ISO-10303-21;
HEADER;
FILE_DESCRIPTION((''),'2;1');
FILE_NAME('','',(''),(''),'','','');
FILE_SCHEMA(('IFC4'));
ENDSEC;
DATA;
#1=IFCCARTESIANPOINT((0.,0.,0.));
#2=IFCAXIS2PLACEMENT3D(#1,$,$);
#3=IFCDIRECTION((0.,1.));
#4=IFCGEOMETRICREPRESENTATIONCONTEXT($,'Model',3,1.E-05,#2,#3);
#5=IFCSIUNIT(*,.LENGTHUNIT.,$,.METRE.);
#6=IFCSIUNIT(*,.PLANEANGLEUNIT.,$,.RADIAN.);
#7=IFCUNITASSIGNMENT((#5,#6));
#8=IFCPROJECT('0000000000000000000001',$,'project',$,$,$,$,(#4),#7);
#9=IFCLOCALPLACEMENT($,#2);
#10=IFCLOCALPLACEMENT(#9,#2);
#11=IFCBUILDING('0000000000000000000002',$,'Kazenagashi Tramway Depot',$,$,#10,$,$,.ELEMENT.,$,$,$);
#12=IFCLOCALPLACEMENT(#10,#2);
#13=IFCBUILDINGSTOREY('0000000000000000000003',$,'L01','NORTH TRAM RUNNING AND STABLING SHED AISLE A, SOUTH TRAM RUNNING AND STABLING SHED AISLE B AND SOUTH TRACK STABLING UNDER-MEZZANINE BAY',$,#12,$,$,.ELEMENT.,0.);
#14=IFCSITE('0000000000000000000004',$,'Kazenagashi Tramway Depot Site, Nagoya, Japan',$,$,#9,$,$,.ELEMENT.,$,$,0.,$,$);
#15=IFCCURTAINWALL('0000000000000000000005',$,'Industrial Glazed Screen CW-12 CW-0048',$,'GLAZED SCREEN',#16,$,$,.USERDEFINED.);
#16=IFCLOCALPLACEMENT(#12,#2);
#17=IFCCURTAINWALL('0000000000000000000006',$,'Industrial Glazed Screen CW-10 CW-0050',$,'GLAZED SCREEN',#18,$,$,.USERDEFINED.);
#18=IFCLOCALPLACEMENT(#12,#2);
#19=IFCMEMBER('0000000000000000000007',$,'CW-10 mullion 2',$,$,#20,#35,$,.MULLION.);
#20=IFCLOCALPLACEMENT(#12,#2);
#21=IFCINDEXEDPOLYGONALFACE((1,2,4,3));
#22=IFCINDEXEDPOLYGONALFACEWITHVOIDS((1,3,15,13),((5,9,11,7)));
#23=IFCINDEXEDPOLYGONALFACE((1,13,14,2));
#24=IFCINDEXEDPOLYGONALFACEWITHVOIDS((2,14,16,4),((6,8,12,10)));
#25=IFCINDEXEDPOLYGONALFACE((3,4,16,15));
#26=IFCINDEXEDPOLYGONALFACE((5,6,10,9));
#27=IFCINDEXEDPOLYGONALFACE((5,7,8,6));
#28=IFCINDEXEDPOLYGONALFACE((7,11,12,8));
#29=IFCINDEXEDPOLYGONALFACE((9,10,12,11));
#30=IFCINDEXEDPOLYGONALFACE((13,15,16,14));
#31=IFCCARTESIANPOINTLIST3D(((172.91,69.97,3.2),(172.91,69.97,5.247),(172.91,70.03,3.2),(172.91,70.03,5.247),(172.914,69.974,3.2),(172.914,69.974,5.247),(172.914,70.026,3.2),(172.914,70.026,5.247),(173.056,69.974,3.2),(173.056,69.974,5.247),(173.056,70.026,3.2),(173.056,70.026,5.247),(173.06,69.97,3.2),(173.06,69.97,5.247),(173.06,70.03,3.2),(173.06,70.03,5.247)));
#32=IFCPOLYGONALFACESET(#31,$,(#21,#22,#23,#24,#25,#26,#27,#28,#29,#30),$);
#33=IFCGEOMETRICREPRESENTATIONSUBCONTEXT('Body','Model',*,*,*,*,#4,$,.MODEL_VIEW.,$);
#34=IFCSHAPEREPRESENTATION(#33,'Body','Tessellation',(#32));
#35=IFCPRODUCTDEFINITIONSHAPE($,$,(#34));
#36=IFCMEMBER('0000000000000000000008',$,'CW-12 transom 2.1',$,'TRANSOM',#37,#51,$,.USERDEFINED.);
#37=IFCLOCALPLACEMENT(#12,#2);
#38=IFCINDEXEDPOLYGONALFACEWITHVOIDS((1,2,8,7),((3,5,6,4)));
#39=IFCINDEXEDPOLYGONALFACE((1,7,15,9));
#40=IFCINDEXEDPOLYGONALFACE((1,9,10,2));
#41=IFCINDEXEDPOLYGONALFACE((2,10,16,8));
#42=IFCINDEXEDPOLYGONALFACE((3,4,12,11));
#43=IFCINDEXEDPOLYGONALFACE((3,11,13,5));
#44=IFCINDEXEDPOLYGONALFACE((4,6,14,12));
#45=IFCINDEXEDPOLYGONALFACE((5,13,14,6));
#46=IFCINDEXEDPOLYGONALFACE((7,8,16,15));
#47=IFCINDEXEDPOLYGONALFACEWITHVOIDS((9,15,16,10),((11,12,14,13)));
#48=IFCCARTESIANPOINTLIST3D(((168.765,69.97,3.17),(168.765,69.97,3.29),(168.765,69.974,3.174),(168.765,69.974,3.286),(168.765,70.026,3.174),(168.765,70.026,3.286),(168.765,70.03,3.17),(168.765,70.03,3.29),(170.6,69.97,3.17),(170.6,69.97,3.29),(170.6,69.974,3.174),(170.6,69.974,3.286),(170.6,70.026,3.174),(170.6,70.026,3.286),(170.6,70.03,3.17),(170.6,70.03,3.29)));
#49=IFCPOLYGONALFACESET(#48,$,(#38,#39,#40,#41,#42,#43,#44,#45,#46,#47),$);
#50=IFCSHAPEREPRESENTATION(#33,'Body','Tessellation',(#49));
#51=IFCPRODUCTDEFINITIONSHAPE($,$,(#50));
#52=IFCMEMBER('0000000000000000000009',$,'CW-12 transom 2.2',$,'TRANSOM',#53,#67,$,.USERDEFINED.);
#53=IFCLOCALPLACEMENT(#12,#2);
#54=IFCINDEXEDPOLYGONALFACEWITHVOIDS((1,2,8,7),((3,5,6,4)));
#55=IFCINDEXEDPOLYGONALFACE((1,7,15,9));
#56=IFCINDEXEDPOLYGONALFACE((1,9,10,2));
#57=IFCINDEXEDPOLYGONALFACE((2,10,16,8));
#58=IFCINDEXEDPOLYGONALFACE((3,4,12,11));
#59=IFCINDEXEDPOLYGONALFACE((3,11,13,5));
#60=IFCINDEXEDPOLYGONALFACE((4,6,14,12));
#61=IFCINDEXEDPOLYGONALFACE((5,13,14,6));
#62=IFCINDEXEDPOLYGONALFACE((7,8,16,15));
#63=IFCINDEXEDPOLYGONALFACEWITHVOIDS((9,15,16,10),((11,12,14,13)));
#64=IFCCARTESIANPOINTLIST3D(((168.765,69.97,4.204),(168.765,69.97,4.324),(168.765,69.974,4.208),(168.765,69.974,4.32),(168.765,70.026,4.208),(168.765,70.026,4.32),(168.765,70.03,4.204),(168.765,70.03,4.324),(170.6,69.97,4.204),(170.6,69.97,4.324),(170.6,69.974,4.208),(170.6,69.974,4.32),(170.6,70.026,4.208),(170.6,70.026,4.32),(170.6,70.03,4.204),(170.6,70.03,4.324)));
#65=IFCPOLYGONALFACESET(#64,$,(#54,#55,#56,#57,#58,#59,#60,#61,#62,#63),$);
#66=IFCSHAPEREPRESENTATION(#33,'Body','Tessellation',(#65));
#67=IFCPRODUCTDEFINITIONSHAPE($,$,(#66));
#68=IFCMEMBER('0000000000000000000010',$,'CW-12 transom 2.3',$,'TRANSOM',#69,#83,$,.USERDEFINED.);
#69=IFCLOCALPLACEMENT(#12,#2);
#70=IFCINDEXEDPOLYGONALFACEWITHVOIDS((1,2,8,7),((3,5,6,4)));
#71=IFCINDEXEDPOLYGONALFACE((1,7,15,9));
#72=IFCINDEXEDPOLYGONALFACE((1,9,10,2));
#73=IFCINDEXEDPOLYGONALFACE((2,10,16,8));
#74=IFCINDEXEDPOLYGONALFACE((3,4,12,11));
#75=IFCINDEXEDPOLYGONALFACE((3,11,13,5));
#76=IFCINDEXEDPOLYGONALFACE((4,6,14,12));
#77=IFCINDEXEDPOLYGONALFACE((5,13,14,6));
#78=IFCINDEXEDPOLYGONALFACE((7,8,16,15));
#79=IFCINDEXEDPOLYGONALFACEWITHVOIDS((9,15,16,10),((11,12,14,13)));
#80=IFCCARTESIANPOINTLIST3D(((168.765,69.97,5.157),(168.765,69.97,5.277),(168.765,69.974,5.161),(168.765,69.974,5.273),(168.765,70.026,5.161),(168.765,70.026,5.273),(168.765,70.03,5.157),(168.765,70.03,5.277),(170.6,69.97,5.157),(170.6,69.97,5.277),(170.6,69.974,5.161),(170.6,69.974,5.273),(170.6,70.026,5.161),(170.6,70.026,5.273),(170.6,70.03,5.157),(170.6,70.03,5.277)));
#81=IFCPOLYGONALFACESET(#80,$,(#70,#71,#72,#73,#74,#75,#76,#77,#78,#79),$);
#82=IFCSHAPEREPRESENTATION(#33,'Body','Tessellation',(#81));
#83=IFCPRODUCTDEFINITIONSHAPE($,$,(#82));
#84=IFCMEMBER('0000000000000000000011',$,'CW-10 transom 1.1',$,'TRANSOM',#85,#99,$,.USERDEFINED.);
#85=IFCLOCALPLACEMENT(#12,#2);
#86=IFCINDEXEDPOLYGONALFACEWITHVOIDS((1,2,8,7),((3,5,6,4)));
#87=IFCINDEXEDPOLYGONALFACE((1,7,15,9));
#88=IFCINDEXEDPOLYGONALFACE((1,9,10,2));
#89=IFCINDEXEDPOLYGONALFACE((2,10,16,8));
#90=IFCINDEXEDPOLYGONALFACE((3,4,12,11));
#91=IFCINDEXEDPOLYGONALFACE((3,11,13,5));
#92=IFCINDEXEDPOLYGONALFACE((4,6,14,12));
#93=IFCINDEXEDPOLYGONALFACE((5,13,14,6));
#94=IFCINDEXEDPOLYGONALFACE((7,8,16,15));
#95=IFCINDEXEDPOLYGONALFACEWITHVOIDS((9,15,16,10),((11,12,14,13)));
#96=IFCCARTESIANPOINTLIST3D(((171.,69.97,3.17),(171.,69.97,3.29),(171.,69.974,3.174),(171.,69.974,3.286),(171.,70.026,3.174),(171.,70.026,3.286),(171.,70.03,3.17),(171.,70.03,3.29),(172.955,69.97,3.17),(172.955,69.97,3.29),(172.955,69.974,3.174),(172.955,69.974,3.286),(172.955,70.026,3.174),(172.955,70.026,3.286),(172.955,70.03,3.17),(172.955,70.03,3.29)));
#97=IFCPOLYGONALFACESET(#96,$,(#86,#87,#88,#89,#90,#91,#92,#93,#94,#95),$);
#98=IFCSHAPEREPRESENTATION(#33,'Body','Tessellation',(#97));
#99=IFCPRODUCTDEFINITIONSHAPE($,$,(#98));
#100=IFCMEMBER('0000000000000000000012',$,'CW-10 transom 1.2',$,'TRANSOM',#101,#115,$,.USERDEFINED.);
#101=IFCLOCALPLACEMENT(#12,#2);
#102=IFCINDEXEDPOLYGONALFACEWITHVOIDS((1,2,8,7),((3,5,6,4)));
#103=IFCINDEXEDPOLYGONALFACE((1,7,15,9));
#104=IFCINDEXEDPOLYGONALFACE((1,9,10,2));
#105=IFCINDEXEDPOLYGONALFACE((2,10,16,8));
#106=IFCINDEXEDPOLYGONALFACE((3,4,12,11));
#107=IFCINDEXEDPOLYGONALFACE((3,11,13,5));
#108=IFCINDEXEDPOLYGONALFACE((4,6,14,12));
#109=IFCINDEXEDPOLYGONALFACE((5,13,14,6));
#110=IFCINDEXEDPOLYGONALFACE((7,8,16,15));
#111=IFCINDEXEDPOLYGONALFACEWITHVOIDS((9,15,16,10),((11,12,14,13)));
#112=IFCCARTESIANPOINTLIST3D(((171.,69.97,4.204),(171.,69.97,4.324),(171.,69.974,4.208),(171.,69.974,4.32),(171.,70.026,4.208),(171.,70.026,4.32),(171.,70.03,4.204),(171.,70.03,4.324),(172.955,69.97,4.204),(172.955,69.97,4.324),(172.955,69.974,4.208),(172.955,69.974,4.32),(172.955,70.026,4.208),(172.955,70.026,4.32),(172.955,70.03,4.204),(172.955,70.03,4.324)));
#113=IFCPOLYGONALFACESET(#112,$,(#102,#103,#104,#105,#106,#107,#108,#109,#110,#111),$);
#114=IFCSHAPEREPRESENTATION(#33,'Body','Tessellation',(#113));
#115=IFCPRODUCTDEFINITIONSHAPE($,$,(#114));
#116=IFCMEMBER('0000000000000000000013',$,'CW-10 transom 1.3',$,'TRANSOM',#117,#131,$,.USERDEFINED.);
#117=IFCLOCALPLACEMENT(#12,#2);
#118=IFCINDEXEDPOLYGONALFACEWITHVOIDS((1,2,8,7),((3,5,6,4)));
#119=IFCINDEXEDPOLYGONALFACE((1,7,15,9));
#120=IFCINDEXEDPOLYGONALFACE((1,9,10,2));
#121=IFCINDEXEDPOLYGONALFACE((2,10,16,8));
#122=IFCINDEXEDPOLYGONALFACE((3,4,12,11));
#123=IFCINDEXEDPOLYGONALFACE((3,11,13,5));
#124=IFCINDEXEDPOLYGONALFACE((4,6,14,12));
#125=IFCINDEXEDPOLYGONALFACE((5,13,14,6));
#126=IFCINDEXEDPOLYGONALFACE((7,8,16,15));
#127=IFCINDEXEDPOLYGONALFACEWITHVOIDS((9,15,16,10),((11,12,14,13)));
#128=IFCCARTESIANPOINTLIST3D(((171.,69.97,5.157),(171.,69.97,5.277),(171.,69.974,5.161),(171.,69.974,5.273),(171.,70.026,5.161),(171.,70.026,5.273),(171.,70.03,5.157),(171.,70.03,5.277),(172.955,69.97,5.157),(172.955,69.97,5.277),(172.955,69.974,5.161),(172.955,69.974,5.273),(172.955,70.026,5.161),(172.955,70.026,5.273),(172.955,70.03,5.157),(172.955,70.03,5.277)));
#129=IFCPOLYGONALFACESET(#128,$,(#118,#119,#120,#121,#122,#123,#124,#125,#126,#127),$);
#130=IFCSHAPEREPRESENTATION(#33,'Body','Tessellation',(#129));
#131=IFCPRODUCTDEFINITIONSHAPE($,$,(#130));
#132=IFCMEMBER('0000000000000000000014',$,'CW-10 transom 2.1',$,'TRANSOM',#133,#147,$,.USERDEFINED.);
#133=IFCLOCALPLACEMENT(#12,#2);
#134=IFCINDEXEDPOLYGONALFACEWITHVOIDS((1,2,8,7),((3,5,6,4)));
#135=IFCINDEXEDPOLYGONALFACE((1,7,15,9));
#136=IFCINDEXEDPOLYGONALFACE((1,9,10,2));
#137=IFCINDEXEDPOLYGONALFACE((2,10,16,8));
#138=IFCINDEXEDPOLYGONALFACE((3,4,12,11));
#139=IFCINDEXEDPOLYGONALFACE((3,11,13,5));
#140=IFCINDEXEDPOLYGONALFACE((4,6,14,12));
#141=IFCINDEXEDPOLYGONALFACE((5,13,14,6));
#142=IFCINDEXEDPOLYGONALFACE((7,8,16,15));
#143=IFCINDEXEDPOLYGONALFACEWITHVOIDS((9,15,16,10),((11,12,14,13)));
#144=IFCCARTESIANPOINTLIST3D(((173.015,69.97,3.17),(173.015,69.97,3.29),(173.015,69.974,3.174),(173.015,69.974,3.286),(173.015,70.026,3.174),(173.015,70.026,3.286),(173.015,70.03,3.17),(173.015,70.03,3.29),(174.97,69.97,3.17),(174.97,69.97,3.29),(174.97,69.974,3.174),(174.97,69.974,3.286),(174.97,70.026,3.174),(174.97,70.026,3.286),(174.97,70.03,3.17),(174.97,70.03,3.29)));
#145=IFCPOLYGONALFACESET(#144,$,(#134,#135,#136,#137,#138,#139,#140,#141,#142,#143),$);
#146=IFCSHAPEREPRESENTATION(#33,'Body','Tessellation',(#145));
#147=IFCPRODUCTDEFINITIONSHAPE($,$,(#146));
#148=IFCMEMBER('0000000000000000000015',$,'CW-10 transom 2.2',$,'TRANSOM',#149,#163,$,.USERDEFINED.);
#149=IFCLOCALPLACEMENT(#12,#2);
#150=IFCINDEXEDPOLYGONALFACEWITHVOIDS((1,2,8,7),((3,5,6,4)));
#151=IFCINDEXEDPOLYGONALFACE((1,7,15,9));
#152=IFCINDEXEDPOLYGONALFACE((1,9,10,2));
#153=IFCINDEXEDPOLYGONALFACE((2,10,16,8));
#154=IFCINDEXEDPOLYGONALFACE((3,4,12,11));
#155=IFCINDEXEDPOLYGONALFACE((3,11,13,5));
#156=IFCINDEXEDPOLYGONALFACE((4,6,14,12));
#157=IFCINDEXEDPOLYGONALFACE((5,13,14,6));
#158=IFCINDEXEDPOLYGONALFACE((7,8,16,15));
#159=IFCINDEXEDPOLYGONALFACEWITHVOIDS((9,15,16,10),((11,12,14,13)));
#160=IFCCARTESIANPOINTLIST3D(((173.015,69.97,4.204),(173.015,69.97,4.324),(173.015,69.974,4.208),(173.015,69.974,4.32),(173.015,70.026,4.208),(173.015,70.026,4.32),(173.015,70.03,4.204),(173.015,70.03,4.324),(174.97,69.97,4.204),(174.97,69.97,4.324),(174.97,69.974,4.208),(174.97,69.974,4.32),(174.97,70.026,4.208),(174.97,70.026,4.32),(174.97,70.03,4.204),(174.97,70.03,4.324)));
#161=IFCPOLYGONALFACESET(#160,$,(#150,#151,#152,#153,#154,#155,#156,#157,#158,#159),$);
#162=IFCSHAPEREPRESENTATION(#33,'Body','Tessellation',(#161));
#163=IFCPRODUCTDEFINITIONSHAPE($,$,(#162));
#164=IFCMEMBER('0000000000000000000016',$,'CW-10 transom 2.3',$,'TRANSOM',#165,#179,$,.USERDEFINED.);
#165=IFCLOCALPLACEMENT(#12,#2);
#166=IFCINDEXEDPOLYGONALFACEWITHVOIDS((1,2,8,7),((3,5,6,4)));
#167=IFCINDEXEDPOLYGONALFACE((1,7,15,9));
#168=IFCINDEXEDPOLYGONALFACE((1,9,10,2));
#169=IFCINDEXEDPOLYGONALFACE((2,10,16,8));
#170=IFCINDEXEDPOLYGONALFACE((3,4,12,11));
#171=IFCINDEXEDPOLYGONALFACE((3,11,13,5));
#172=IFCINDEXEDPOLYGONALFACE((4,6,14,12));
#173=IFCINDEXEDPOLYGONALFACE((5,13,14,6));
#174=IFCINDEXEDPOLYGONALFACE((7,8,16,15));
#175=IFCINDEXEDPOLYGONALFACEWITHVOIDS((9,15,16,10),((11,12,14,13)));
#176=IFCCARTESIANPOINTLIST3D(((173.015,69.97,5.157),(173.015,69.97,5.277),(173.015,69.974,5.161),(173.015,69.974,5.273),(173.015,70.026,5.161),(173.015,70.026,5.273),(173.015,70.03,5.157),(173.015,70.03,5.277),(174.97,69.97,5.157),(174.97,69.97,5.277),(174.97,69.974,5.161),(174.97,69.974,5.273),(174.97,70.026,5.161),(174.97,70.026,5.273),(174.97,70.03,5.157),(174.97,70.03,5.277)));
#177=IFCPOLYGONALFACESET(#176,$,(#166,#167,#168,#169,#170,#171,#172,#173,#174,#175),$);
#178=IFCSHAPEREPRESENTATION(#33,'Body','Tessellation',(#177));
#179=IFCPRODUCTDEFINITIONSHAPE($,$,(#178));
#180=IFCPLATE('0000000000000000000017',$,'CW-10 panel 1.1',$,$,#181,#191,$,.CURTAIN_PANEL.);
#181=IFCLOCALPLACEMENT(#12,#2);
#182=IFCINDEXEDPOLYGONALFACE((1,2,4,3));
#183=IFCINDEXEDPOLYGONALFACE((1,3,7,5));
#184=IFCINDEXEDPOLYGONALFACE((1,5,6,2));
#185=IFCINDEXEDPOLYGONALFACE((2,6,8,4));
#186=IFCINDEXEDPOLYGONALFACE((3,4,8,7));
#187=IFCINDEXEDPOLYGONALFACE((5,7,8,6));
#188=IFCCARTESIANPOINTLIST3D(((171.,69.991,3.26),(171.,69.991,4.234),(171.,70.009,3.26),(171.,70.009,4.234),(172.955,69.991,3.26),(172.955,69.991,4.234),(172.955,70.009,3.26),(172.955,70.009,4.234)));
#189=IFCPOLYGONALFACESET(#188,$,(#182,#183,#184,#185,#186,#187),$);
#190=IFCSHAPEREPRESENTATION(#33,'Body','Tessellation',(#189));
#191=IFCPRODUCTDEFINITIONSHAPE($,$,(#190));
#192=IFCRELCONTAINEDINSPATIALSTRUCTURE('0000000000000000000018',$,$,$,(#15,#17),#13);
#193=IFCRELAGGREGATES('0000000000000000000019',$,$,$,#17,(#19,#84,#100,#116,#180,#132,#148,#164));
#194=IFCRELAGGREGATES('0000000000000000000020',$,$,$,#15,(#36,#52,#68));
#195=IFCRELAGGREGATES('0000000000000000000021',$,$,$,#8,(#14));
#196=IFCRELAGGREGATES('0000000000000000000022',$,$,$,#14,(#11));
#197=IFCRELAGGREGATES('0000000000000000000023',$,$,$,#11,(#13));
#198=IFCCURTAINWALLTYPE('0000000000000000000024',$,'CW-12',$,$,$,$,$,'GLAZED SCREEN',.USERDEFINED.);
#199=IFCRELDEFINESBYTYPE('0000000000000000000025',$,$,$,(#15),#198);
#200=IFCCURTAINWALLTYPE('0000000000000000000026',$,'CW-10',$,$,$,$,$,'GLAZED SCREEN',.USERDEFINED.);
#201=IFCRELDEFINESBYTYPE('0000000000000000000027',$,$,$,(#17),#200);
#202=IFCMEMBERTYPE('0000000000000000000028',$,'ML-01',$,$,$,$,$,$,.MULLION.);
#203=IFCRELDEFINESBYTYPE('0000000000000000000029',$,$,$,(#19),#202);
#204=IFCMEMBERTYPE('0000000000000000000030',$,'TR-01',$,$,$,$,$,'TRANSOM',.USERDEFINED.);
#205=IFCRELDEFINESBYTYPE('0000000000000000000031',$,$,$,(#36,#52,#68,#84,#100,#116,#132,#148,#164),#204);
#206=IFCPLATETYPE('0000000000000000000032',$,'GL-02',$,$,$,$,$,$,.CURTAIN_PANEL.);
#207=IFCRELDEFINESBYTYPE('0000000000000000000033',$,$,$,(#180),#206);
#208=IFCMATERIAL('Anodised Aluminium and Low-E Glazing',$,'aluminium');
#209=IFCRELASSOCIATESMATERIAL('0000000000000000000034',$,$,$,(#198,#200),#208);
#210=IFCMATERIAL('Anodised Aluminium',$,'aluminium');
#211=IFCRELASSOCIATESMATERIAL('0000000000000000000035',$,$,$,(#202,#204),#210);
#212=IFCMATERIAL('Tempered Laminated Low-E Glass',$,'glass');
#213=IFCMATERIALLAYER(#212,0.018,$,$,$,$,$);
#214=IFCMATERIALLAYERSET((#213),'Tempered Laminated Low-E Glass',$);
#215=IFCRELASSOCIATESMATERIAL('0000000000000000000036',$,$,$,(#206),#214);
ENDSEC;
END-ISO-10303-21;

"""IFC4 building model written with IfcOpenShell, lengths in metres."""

from ifc_helpers import new_model, si_unit, direction, frame, origin, origin_2d, place, context, subcontext, project, spatial, rectangle, hollow_rectangle, extrude, material, layer, layer_set, material_profile, profile_set, type_object, element, aggregate, save


model = new_model("IFC4")

# Units and contexts
model_context = context("Model", 3, precision=1e-05, world=origin(), true_north=direction((0.0, 1.0)))
body_context = subcontext(model_context, "Body", "Model", "MODEL_VIEW")
ifc_project = project(units=[si_unit("LENGTHUNIT", "METRE"), si_unit("PLANEANGLEUNIT", "RADIAN")], contexts=[model_context])

# Site, building, storey
site_placement = place(None, origin())
site = spatial("IfcSite", under=ifc_project, at=site_placement, Name="Kazenagashi Tramway Depot Site, Nagoya, Japan", CompositionType="ELEMENT", RefElevation=0.0)
building_placement = place(site_placement, origin())
building = spatial("IfcBuilding", under=site, at=building_placement, Name="Kazenagashi Tramway Depot", CompositionType="ELEMENT")
storey_placement = place(building_placement, origin())
storey = spatial("IfcBuildingStorey", under=building, at=storey_placement, Name="L01", Description="NORTH TRAM RUNNING AND STABLING SHED AISLE A, SOUTH TRAM RUNNING AND STABLING SHED AISLE B AND SOUTH TRACK STABLING UNDER-MEZZANINE BAY", CompositionType="ELEMENT", Elevation=0.0)

# Curtain wall
ifc_material_1 = material(Name="Anodised Aluminium and Low-E Glazing", Category="aluminium")
curtain_wall_type_1 = type_object("IfcCurtainWallType", Name="CW-12", ElementType="GLAZED SCREEN", PredefinedType="USERDEFINED", material=ifc_material_1)
curtain_wall_1_placement = place(storey_placement, origin())
curtain_wall_1 = element("IfcCurtainWall", 1, at=curtain_wall_1_placement, inside=storey, type_object=curtain_wall_type_1, Name="Industrial Glazed Screen CW-12 CW-0048", ObjectType="GLAZED SCREEN", PredefinedType="USERDEFINED")
ifc_material_2 = material(Name="Anodised Aluminium", Category="aluminium")
ifc_material_profile_1 = material_profile(ifc_material_2, hollow_rectangle(XDim=0.06, YDim=0.15, WallThickness=0.004, at=origin_2d()), Name="RHS-150x60x4")
ifc_profile_set_1 = profile_set([ifc_material_profile_1], Name="Anodised Aluminium")
member_type_1 = type_object("IfcMemberType", Name="ML-01", PredefinedType="MULLION", material=ifc_profile_set_1)

# Curtain wall, member
curtain_wall_type_2 = type_object("IfcCurtainWallType", Name="CW-10", ElementType="GLAZED SCREEN", PredefinedType="USERDEFINED", material=ifc_material_1)
curtain_wall_2_placement = place(storey_placement, origin())
curtain_wall_2 = element("IfcCurtainWall", 2, at=curtain_wall_2_placement, inside=storey, type_object=curtain_wall_type_2, Name="Industrial Glazed Screen CW-10 CW-0050", ObjectType="GLAZED SCREEN", PredefinedType="USERDEFINED")
member_1_placement = place(storey_placement, frame((172.985, 70.0, 3.2), z_axis=(0.0, 0.0, 1.0), x_axis=(0.0, 1.0, 0.0)))
member_1 = element("IfcMember", 3, at=member_1_placement, type_object=member_type_1, Name="CW-10 mullion 2", PredefinedType="MULLION", context=body_context, shape_type="SweptSolid", body=[
    extrude(hollow_rectangle(XDim=0.06, YDim=0.15, WallThickness=0.004, at=origin_2d()), origin(), (0.0, 0.0, 1.0), 2.047),
])

# Members
ifc_material_profile_2 = material_profile(ifc_material_2, hollow_rectangle(XDim=0.06, YDim=0.12, WallThickness=0.004, at=origin_2d()), Name="RHS-120x60x4")
ifc_profile_set_2 = profile_set([ifc_material_profile_2], Name="Anodised Aluminium")
member_type_2 = type_object("IfcMemberType", Name="TR-01", ElementType="TRANSOM", PredefinedType="USERDEFINED", material=ifc_profile_set_2)
member_2_placement = place(storey_placement, frame((168.765, 70.0, 3.23), z_axis=(1.0, 0.0, 0.0), x_axis=(0.0, 1.0, 0.0)))
member_2 = element("IfcMember", 4, at=member_2_placement, type_object=member_type_2, Name="CW-12 transom 2.1", ObjectType="TRANSOM", PredefinedType="USERDEFINED", context=body_context, shape_type="SweptSolid", body=[
    extrude(hollow_rectangle(XDim=0.06, YDim=0.12, WallThickness=0.004, at=origin_2d()), origin(), (0.0, 0.0, 1.0), 1.835),
])
member_3_placement = place(storey_placement, frame((168.765, 70.0, 4.264), z_axis=(1.0, 0.0, 0.0), x_axis=(0.0, 1.0, 0.0)))
member_3 = element("IfcMember", 5, at=member_3_placement, type_object=member_type_2, Name="CW-12 transom 2.2", ObjectType="TRANSOM", PredefinedType="USERDEFINED", context=body_context, shape_type="SweptSolid", body=[
    extrude(hollow_rectangle(XDim=0.06, YDim=0.12, WallThickness=0.004, at=origin_2d()), origin(), (0.0, 0.0, 1.0), 1.835),
])
member_4_placement = place(storey_placement, frame((168.765, 70.0, 5.217), z_axis=(1.0, 0.0, 0.0), x_axis=(0.0, 1.0, 0.0)))
member_4 = element("IfcMember", 6, at=member_4_placement, type_object=member_type_2, Name="CW-12 transom 2.3", ObjectType="TRANSOM", PredefinedType="USERDEFINED", context=body_context, shape_type="SweptSolid", body=[
    extrude(hollow_rectangle(XDim=0.06, YDim=0.12, WallThickness=0.004, at=origin_2d()), origin(), (0.0, 0.0, 1.0), 1.835),
])
member_5_placement = place(storey_placement, frame((171.0, 70.0, 3.23), z_axis=(1.0, 0.0, 0.0), x_axis=(0.0, 1.0, 0.0)))
member_5 = element("IfcMember", 7, at=member_5_placement, type_object=member_type_2, Name="CW-10 transom 1.1", ObjectType="TRANSOM", PredefinedType="USERDEFINED", context=body_context, shape_type="SweptSolid", body=[
    extrude(hollow_rectangle(XDim=0.06, YDim=0.12, WallThickness=0.004, at=origin_2d()), origin(), (0.0, 0.0, 1.0), 1.955),
])
member_6_placement = place(storey_placement, frame((171.0, 70.0, 4.264), z_axis=(1.0, 0.0, 0.0), x_axis=(0.0, 1.0, 0.0)))
member_6 = element("IfcMember", 8, at=member_6_placement, type_object=member_type_2, Name="CW-10 transom 1.2", ObjectType="TRANSOM", PredefinedType="USERDEFINED", context=body_context, shape_type="SweptSolid", body=[
    extrude(hollow_rectangle(XDim=0.06, YDim=0.12, WallThickness=0.004, at=origin_2d()), origin(), (0.0, 0.0, 1.0), 1.955),
])
member_7_placement = place(storey_placement, frame((171.0, 70.0, 5.217), z_axis=(1.0, 0.0, 0.0), x_axis=(0.0, 1.0, 0.0)))
member_7 = element("IfcMember", 9, at=member_7_placement, type_object=member_type_2, Name="CW-10 transom 1.3", ObjectType="TRANSOM", PredefinedType="USERDEFINED", context=body_context, shape_type="SweptSolid", body=[
    extrude(hollow_rectangle(XDim=0.06, YDim=0.12, WallThickness=0.004, at=origin_2d()), origin(), (0.0, 0.0, 1.0), 1.955),
])
member_8_placement = place(storey_placement, frame((173.015, 70.0, 3.23), z_axis=(1.0, 0.0, 0.0), x_axis=(0.0, 1.0, 0.0)))
member_8 = element("IfcMember", 10, at=member_8_placement, type_object=member_type_2, Name="CW-10 transom 2.1", ObjectType="TRANSOM", PredefinedType="USERDEFINED", context=body_context, shape_type="SweptSolid", body=[
    extrude(hollow_rectangle(XDim=0.06, YDim=0.12, WallThickness=0.004, at=origin_2d()), origin(), (0.0, 0.0, 1.0), 1.955),
])
member_9_placement = place(storey_placement, frame((173.015, 70.0, 4.264), z_axis=(1.0, 0.0, 0.0), x_axis=(0.0, 1.0, 0.0)))
member_9 = element("IfcMember", 11, at=member_9_placement, type_object=member_type_2, Name="CW-10 transom 2.2", ObjectType="TRANSOM", PredefinedType="USERDEFINED", context=body_context, shape_type="SweptSolid", body=[
    extrude(hollow_rectangle(XDim=0.06, YDim=0.12, WallThickness=0.004, at=origin_2d()), origin(), (0.0, 0.0, 1.0), 1.955),
])
member_10_placement = place(storey_placement, frame((173.015, 70.0, 5.217), z_axis=(1.0, 0.0, 0.0), x_axis=(0.0, 1.0, 0.0)))
member_10 = element("IfcMember", 12, at=member_10_placement, type_object=member_type_2, Name="CW-10 transom 2.3", ObjectType="TRANSOM", PredefinedType="USERDEFINED", context=body_context, shape_type="SweptSolid", body=[
    extrude(hollow_rectangle(XDim=0.06, YDim=0.12, WallThickness=0.004, at=origin_2d()), origin(), (0.0, 0.0, 1.0), 1.955),
])

# Plate
ifc_material_3 = material(Name="Tempered Laminated Low-E Glass", Category="glass")
ifc_layer_1 = layer(ifc_material_3, 0.018)
ifc_layer_set_1 = layer_set([ifc_layer_1], Name="Tempered Laminated Low-E Glass")
plate_type_1 = type_object("IfcPlateType", Name="GL-02", PredefinedType="CURTAIN_PANEL", material=ifc_layer_set_1)
plate_1_placement = place(storey_placement, frame((171.9775, 70.0, 3.26), z_axis=(0.0, 0.0, 1.0), x_axis=(1.0, 0.0, 0.0)))
plate_1 = element("IfcPlate", 13, at=plate_1_placement, type_object=plate_type_1, Name="CW-10 panel 1.1", PredefinedType="CURTAIN_PANEL", context=body_context, shape_type="SweptSolid", body=[
    extrude(rectangle(XDim=1.955, YDim=0.018, at=origin_2d()), origin(), (0.0, 0.0, 1.0), 0.974),
])
aggregate(curtain_wall_2, [member_1, member_5, member_6, member_7, plate_1, member_8, member_9, member_10])
aggregate(curtain_wall_1, [member_2, member_3, member_4])

save(model, "model.ifc")
